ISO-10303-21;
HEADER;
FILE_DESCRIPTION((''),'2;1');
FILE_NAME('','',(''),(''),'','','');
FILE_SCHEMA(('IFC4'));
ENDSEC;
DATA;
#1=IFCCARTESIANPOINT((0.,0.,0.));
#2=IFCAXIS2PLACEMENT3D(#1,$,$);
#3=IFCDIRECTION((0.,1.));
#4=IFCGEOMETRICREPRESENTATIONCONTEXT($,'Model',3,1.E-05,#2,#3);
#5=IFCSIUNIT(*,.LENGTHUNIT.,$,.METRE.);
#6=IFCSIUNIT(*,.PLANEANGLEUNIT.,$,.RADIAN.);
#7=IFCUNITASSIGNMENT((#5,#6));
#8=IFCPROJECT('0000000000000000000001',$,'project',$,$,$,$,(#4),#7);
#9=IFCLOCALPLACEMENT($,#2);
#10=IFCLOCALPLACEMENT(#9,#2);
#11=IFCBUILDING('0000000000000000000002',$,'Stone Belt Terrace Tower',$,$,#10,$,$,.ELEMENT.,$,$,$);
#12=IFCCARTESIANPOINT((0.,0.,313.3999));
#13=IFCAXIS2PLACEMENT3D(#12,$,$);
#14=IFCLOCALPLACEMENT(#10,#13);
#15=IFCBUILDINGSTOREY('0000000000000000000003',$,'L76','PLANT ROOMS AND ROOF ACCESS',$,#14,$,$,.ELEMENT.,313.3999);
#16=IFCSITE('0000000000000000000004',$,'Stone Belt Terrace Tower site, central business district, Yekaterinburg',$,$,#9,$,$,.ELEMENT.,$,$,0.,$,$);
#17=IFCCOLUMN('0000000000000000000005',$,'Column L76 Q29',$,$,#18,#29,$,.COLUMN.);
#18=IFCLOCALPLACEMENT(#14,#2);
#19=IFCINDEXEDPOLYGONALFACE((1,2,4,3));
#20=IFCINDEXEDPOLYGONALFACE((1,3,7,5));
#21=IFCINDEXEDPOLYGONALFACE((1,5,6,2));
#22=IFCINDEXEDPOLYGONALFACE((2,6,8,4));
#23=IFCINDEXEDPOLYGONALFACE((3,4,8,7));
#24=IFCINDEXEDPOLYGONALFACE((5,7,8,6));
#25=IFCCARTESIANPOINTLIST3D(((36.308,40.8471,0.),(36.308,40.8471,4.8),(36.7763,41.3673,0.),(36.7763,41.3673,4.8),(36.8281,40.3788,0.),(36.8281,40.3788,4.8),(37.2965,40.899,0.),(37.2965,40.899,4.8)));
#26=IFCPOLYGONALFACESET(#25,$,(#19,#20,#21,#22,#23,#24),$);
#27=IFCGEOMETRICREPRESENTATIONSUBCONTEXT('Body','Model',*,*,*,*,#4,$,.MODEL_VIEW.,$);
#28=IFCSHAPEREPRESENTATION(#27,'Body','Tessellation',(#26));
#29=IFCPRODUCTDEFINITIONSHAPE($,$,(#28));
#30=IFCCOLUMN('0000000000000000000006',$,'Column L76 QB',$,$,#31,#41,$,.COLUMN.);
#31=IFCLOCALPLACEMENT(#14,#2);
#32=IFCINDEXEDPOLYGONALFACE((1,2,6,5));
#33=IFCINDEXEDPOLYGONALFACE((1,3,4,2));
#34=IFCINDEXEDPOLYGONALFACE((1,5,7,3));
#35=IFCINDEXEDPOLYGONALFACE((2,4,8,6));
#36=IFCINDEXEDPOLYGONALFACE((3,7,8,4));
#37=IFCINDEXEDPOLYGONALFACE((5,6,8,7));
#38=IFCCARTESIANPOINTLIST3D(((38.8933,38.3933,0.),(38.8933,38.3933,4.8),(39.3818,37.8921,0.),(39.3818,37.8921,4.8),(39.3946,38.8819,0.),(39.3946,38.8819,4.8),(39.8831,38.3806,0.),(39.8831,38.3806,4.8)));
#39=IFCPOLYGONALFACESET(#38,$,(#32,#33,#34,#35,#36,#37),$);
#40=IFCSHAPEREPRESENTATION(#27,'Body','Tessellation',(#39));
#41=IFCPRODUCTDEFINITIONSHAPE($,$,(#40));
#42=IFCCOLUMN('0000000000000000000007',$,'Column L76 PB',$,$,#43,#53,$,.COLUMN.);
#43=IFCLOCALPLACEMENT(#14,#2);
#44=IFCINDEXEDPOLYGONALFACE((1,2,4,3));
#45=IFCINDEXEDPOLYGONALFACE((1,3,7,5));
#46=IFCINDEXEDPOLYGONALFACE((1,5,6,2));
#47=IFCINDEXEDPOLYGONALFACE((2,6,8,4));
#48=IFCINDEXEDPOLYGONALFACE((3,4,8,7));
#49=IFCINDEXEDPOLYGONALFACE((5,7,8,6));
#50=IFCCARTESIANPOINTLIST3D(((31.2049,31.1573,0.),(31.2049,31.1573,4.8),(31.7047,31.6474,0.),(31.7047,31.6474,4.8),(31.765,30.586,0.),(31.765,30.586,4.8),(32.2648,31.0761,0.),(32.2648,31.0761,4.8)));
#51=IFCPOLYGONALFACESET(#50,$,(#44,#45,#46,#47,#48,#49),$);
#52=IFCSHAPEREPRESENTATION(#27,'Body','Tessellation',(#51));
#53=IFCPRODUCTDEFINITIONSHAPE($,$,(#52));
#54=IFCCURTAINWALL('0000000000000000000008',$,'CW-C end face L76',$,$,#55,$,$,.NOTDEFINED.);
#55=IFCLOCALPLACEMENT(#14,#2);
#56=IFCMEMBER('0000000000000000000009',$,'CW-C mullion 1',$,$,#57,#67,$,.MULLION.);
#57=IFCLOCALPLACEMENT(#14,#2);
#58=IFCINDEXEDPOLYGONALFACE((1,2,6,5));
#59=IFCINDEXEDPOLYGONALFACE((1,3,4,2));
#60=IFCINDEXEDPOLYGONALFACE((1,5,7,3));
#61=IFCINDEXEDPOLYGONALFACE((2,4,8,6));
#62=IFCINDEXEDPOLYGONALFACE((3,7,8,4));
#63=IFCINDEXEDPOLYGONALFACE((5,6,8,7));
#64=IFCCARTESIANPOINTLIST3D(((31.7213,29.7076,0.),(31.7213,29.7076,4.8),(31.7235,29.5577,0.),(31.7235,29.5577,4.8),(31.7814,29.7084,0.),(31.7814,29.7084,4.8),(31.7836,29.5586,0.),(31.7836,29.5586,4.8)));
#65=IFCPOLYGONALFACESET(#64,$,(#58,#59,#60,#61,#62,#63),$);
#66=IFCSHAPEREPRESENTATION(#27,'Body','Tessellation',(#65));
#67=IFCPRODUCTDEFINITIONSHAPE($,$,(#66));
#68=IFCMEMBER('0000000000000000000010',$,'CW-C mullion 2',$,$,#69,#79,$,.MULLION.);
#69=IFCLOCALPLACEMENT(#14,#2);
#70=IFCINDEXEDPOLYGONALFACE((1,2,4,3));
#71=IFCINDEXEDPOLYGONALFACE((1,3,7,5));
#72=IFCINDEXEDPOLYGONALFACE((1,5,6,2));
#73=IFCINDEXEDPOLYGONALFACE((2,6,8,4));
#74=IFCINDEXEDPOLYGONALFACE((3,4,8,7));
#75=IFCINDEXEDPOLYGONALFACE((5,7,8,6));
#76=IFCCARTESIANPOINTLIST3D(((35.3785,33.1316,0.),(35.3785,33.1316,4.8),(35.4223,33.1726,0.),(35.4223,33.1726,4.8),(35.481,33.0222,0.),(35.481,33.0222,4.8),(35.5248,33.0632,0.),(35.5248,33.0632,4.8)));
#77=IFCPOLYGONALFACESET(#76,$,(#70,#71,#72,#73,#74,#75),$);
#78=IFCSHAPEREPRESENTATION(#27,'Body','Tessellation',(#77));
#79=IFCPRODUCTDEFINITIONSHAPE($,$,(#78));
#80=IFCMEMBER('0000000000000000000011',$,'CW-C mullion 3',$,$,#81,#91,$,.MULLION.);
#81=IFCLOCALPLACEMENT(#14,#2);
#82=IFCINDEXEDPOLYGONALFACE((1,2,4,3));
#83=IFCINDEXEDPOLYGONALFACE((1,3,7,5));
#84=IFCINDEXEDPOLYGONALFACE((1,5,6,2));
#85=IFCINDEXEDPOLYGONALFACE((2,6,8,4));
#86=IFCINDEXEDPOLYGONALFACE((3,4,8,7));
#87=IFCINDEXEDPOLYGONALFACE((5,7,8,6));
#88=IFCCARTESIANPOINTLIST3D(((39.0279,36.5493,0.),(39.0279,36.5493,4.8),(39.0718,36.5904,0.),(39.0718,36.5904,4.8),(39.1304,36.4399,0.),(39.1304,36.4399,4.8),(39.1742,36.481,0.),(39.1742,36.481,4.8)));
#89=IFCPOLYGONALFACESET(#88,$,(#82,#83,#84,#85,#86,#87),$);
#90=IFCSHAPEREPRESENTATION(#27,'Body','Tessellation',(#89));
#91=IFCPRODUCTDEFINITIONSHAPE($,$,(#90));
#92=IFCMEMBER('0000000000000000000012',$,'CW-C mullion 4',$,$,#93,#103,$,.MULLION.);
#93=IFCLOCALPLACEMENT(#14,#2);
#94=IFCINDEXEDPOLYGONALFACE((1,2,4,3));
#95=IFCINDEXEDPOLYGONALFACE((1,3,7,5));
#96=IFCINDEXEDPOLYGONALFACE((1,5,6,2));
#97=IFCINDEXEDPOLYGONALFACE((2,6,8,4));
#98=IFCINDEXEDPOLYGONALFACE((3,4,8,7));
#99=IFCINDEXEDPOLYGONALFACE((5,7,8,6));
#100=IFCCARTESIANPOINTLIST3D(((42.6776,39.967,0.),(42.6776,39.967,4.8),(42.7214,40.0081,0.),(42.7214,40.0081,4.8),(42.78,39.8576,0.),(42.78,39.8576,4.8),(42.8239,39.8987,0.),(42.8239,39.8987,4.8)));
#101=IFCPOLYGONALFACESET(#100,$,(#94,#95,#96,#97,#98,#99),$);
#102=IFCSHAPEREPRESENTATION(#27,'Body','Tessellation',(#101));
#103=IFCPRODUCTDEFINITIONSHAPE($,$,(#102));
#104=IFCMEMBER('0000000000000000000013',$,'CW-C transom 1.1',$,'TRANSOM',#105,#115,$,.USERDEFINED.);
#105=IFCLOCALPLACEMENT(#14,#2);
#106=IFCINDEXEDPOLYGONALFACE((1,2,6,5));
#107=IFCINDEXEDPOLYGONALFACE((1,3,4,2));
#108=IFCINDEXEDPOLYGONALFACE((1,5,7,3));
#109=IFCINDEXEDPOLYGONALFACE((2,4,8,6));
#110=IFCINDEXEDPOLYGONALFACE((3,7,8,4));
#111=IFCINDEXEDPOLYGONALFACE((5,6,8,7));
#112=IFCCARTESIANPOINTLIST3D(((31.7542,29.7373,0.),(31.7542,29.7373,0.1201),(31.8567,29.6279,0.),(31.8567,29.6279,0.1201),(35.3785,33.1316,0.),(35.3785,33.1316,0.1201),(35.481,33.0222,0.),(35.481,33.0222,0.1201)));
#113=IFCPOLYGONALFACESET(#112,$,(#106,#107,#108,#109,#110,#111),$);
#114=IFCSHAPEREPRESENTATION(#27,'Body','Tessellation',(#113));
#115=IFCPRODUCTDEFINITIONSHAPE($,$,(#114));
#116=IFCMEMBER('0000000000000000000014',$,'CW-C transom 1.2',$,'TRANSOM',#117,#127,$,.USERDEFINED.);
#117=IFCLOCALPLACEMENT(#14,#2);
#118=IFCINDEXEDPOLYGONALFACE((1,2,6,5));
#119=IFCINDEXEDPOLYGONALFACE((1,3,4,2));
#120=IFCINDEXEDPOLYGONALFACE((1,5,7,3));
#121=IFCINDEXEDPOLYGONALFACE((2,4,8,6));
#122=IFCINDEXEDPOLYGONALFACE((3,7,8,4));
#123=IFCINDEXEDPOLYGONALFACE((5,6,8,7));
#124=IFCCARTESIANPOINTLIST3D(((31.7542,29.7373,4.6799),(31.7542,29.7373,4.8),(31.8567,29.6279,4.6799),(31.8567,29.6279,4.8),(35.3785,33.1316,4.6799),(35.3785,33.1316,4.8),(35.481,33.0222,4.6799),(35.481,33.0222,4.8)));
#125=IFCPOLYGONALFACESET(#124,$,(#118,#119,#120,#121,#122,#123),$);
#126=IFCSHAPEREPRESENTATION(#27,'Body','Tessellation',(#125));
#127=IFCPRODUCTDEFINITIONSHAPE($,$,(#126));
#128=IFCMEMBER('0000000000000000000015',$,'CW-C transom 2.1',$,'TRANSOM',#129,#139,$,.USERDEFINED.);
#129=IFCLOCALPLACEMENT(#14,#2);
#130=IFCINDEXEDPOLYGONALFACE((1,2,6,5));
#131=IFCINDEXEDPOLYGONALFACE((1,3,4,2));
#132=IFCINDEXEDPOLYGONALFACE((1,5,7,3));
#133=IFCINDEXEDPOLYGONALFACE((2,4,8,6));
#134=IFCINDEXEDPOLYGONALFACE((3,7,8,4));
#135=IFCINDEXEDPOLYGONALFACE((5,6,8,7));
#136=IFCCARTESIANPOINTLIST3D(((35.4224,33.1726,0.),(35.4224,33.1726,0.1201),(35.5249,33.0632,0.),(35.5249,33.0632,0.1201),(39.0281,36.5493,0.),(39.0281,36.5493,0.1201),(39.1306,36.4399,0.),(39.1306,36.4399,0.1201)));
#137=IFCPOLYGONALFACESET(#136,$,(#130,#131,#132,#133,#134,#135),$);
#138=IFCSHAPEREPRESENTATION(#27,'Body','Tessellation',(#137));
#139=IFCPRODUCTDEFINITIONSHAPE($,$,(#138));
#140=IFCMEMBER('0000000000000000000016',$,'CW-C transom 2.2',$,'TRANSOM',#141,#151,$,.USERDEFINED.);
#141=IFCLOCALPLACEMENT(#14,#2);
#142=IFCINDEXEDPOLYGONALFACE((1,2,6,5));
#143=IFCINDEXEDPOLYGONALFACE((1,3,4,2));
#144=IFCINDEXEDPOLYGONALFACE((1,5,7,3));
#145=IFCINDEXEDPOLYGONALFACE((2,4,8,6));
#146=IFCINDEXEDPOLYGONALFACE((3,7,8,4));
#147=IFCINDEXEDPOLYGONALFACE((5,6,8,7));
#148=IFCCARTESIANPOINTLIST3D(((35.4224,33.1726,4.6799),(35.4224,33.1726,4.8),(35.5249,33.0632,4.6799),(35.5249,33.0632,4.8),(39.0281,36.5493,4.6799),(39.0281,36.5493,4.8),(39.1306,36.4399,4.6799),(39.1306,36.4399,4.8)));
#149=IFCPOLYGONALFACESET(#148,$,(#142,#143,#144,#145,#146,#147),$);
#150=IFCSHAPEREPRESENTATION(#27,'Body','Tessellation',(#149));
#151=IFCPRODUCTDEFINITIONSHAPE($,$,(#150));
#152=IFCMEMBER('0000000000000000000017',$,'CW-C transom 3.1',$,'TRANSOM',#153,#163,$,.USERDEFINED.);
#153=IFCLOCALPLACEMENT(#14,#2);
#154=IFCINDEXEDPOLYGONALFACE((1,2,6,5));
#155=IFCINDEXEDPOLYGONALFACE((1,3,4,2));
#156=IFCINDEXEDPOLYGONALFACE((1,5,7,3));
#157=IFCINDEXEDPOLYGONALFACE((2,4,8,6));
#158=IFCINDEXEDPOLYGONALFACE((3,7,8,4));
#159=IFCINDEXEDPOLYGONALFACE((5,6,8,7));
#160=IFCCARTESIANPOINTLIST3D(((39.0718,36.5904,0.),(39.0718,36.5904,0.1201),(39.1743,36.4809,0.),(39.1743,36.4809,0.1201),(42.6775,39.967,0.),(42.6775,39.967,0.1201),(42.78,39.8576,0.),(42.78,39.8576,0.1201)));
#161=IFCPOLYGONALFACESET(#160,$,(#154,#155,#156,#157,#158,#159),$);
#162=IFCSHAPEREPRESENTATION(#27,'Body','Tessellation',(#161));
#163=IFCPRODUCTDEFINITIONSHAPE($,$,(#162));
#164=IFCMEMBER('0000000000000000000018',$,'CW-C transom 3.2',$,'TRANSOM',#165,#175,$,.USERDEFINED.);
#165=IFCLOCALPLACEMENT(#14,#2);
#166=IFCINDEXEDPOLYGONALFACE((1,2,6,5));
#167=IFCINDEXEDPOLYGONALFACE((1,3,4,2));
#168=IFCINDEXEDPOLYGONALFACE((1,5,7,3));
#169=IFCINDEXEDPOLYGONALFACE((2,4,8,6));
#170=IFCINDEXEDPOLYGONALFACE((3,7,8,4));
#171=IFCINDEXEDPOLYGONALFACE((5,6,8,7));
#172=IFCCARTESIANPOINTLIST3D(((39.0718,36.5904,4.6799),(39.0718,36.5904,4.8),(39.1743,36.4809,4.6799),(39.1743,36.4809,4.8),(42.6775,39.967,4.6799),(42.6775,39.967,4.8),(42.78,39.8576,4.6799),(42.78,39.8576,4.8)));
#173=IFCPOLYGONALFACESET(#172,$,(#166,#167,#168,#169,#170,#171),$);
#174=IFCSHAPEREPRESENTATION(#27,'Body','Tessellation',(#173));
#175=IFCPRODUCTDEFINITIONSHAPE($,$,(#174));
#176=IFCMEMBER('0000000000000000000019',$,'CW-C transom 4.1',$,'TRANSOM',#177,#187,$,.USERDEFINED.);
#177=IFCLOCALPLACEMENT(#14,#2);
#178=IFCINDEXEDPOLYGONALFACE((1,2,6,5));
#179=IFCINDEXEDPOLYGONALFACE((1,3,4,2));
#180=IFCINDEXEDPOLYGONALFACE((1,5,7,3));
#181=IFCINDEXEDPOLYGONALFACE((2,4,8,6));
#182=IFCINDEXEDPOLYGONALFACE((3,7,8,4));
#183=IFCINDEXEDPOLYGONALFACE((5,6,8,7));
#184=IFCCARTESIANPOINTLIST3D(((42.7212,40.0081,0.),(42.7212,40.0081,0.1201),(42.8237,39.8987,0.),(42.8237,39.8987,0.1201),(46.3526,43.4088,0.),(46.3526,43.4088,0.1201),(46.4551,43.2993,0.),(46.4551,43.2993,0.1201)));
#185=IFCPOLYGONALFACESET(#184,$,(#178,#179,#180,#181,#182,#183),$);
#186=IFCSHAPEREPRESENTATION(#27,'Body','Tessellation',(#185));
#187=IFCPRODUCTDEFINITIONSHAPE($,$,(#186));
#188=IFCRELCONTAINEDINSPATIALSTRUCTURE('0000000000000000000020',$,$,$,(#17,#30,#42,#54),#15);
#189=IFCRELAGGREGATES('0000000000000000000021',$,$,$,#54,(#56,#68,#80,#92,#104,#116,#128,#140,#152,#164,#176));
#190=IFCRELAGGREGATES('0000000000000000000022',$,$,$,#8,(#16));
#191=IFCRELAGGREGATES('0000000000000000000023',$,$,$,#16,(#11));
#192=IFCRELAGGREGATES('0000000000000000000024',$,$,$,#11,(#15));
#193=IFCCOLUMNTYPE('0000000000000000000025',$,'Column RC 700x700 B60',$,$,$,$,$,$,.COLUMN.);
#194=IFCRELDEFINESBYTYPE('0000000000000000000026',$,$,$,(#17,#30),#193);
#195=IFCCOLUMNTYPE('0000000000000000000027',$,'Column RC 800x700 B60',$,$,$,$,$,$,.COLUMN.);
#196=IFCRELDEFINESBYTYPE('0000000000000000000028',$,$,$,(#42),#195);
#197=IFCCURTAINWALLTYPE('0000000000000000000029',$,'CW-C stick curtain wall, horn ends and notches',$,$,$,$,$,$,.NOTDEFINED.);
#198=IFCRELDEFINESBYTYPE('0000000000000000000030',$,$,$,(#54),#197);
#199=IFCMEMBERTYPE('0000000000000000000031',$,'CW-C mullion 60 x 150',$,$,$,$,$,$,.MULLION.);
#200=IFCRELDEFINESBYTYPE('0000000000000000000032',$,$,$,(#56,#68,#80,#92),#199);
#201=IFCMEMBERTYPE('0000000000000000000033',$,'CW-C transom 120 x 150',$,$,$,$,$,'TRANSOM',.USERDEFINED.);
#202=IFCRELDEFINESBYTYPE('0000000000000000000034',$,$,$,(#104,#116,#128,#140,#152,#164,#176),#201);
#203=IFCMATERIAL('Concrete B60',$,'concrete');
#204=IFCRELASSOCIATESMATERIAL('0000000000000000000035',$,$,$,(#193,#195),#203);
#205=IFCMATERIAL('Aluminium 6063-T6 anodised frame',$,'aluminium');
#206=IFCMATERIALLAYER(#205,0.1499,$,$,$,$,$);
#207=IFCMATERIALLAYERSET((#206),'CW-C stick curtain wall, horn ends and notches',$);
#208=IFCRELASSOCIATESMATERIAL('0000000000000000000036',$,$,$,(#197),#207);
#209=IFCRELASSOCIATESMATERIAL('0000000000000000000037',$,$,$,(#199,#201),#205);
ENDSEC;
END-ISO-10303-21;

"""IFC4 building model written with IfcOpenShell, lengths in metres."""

from ifc_helpers import new_model, si_unit, direction, frame, origin, origin_2d, place, context, subcontext, project, spatial, rectangle, extrude, material, layer, layer_set, material_profile, profile_set, type_object, element, aggregate, save


model = new_model("IFC4")

# Units and contexts
model_context = context("Model", 3, precision=1e-05, world=origin(), true_north=direction((0.0, 1.0)))
body_context = subcontext(model_context, "Body", "Model", "MODEL_VIEW")
ifc_project = project(units=[si_unit("LENGTHUNIT", "METRE"), si_unit("PLANEANGLEUNIT", "RADIAN")], contexts=[model_context])

# Site, building, storey
site_placement = place(None, origin())
site = spatial("IfcSite", under=ifc_project, at=site_placement, Name="Stone Belt Terrace Tower site, central business district, Yekaterinburg", CompositionType="ELEMENT", RefElevation=0.0)
building_placement = place(site_placement, origin())
building = spatial("IfcBuilding", under=site, at=building_placement, Name="Stone Belt Terrace Tower", CompositionType="ELEMENT")
storey_placement = place(building_placement, frame((0.0, 0.0, 313.3999)))
storey = spatial("IfcBuildingStorey", under=building, at=storey_placement, Name="L76", Description="PLANT ROOMS AND ROOF ACCESS", CompositionType="ELEMENT", Elevation=313.3999)

# Columns
ifc_material_1 = material(Name="Concrete B60", Category="concrete")
ifc_material_profile_1 = material_profile(ifc_material_1, rectangle(XDim=0.7, YDim=0.7, at=origin_2d()), Name="RC 700x700")
ifc_profile_set_1 = profile_set([ifc_material_profile_1], Name="Concrete B60")
column_type_1 = type_object("IfcColumnType", Name="Column RC 700x700 B60", PredefinedType="COLUMN", material=ifc_profile_set_1)
for number, where, z_axis, x_axis, name in (
    (1, (36.8022, 40.873, 0.0), (0.0, 0.0, 1.0), (0.743145, -0.669131, 0.0), "Column L76 Q29"),
    (2, (39.3882, 38.387, 0.0), (0.0, 0.0, 1.0), (0.697944, -0.716152, 0.0), "Column L76 QB"),
):
    element("IfcColumn", number, at=place(storey_placement, frame(where, z_axis=z_axis, x_axis=x_axis)), inside=storey, type_object=column_type_1, Name=name, PredefinedType="COLUMN", context=body_context, shape_type="SweptSolid", body=[
        extrude(rectangle(XDim=0.7, YDim=0.7, at=origin_2d()), origin(), (0.0, 0.0, 1.0), 4.8),
    ])
ifc_material_profile_2 = material_profile(ifc_material_1, rectangle(XDim=0.8, YDim=0.7, at=origin_2d()), Name="RC 800x700")
ifc_profile_set_2 = profile_set([ifc_material_profile_2], Name="Concrete B60")
column_type_2 = type_object("IfcColumnType", Name="Column RC 800x700 B60", PredefinedType="COLUMN", material=ifc_profile_set_2)
column_placement = place(storey_placement, frame((31.7349, 31.1167, 0.0), z_axis=(0.0, 0.0, 1.0), x_axis=(0.70012, -0.714026, 0.0)))
element("IfcColumn", 3, at=column_placement, inside=storey, type_object=column_type_2, Name="Column L76 PB", PredefinedType="COLUMN", context=body_context, shape_type="SweptSolid", body=[
    extrude(rectangle(XDim=0.8, YDim=0.7, at=origin_2d()), origin(), (0.0, 0.0, 1.0), 4.8),
])

# Curtain wall, members
ifc_material_2 = material(Name="Aluminium 6063-T6 anodised frame", Category="aluminium")
ifc_layer_1 = layer(ifc_material_2, 0.1499)
ifc_layer_set_1 = layer_set([ifc_layer_1], Name="CW-C stick curtain wall, horn ends and notches")
curtain_wall_type = type_object("IfcCurtainWallType", Name="CW-C stick curtain wall, horn ends and notches", PredefinedType="NOTDEFINED", material=ifc_layer_set_1)
curtain_wall_placement = place(storey_placement, origin())
curtain_wall = element("IfcCurtainWall", 4, at=curtain_wall_placement, inside=storey, type_object=curtain_wall_type, Name="CW-C end face L76", PredefinedType="NOTDEFINED")
ifc_material_profile_3 = material_profile(ifc_material_2, rectangle(XDim=0.1499, YDim=0.0601, at=origin_2d()), Name="Aluminium 6063-T6 60x150")
ifc_profile_set_3 = profile_set([ifc_material_profile_3], Name="Aluminium 6063-T6 anodised frame")
member_type_1 = type_object("IfcMemberType", Name="CW-C mullion 60 x 150", PredefinedType="MULLION", material=ifc_profile_set_3)
member_1_placement = place(storey_placement, frame((31.7524, 29.6331, 0.0), z_axis=(0.0, 0.0, 1.0), x_axis=(-0.014682, 0.999892, 0.0)))
member_1 = element("IfcMember", 5, at=member_1_placement, type_object=member_type_1, Name="CW-C mullion 1", PredefinedType="MULLION", context=body_context, shape_type="SweptSolid", body=[
    extrude(rectangle(XDim=0.1499, YDim=0.0601, at=origin_2d()), origin(), (0.0, 0.0, 1.0), 4.8),
])
member_2_placement = place(storey_placement, frame((35.4517, 33.0974, 0.0), z_axis=(0.0, 0.0, 1.0), x_axis=(-0.683549, 0.729904, 0.0)))
member_2 = element("IfcMember", 6, at=member_2_placement, type_object=member_type_1, Name="CW-C mullion 2", PredefinedType="MULLION", context=body_context, shape_type="SweptSolid", body=[
    extrude(rectangle(XDim=0.1499, YDim=0.0601, at=origin_2d()), origin(), (0.0, 0.0, 1.0), 4.8),
])
member_3_placement = place(storey_placement, frame((39.1011, 36.5151, 0.0), z_axis=(0.0, 0.0, 1.0), x_axis=(-0.683549, 0.729904, 0.0)))
member_3 = element("IfcMember", 7, at=member_3_placement, type_object=member_type_1, Name="CW-C mullion 3", PredefinedType="MULLION", context=body_context, shape_type="SweptSolid", body=[
    extrude(rectangle(XDim=0.1499, YDim=0.0601, at=origin_2d()), origin(), (0.0, 0.0, 1.0), 4.8),
])
member_4_placement = place(storey_placement, frame((42.7507, 39.9329, 0.0), z_axis=(0.0, 0.0, 1.0), x_axis=(-0.683549, 0.729904, 0.0)))
member_4 = element("IfcMember", 8, at=member_4_placement, type_object=member_type_1, Name="CW-C mullion 4", PredefinedType="MULLION", context=body_context, shape_type="SweptSolid", body=[
    extrude(rectangle(XDim=0.1499, YDim=0.0601, at=origin_2d()), origin(), (0.0, 0.0, 1.0), 4.8),
])
ifc_material_profile_4 = material_profile(ifc_material_2, rectangle(XDim=0.1499, YDim=0.1201, at=origin_2d()), Name="Aluminium 6063-T6 150x120")
ifc_profile_set_4 = profile_set([ifc_material_profile_4], Name="Aluminium 6063-T6 anodised frame")
member_type_2 = type_object("IfcMemberType", Name="CW-C transom 120 x 150", ElementType="TRANSOM", PredefinedType="USERDEFINED", material=ifc_profile_set_4)
member_5_placement = place(storey_placement, frame((31.8054, 29.6826, 0.0601), z_axis=(0.729885, 0.68357, 0.0), x_axis=(-0.68357, 0.729885, 0.0)))
member_5 = element("IfcMember", 9, at=member_5_placement, type_object=member_type_2, Name="CW-C transom 1.1", ObjectType="TRANSOM", PredefinedType="USERDEFINED", context=body_context, shape_type="SweptSolid", body=[
    extrude(rectangle(XDim=0.1499, YDim=0.1201, at=origin_2d()), origin(), (0.0, 0.0, 1.0), 4.9656),
])
member_6_placement = place(storey_placement, frame((31.8054, 29.6826, 4.74), z_axis=(0.729885, 0.68357, 0.0), x_axis=(-0.68357, 0.729885, 0.0)))
member_6 = element("IfcMember", 10, at=member_6_placement, type_object=member_type_2, Name="CW-C transom 1.2", ObjectType="TRANSOM", PredefinedType="USERDEFINED", context=body_context, shape_type="SweptSolid", body=[
    extrude(rectangle(XDim=0.1499, YDim=0.1201, at=origin_2d()), origin(), (0.0, 0.0, 1.0), 4.9656),
])
member_7_placement = place(storey_placement, frame((35.4736, 33.1179, 0.0601), z_axis=(0.729905, 0.683548, 0.0), x_axis=(-0.683548, 0.729905, 0.0)))
member_7 = element("IfcMember", 11, at=member_7_placement, type_object=member_type_2, Name="CW-C transom 2.1", ObjectType="TRANSOM", PredefinedType="USERDEFINED", context=body_context, shape_type="SweptSolid", body=[
    extrude(rectangle(XDim=0.1499, YDim=0.1201, at=origin_2d()), origin(), (0.0, 0.0, 1.0), 4.9399),
])
member_8_placement = place(storey_placement, frame((35.4736, 33.1179, 4.74), z_axis=(0.729905, 0.683548, 0.0), x_axis=(-0.683548, 0.729905, 0.0)))
member_8 = element("IfcMember", 12, at=member_8_placement, type_object=member_type_2, Name="CW-C transom 2.2", ObjectType="TRANSOM", PredefinedType="USERDEFINED", context=body_context, shape_type="SweptSolid", body=[
    extrude(rectangle(XDim=0.1499, YDim=0.1201, at=origin_2d()), origin(), (0.0, 0.0, 1.0), 4.9399),
])
member_9_placement = place(storey_placement, frame((39.123, 36.5356, 0.0601), z_axis=(0.729905, 0.683548, 0.0), x_axis=(-0.683548, 0.729905, 0.0)))
member_9 = element("IfcMember", 13, at=member_9_placement, type_object=member_type_2, Name="CW-C transom 3.1", ObjectType="TRANSOM", PredefinedType="USERDEFINED", context=body_context, shape_type="SweptSolid", body=[
    extrude(rectangle(XDim=0.1499, YDim=0.1201, at=origin_2d()), origin(), (0.0, 0.0, 1.0), 4.9399),
])
member_10_placement = place(storey_placement, frame((39.123, 36.5356, 4.74), z_axis=(0.729905, 0.683548, 0.0), x_axis=(-0.683548, 0.729905, 0.0)))
member_10 = element("IfcMember", 14, at=member_10_placement, type_object=member_type_2, Name="CW-C transom 3.2", ObjectType="TRANSOM", PredefinedType="USERDEFINED", context=body_context, shape_type="SweptSolid", body=[
    extrude(rectangle(XDim=0.1499, YDim=0.1201, at=origin_2d()), origin(), (0.0, 0.0, 1.0), 4.9399),
])
member_11_placement = place(storey_placement, frame((42.7725, 39.9534, 0.0601), z_axis=(0.729914, 0.683539, 0.0), x_axis=(-0.683539, 0.729914, 0.0)))
member_11 = element("IfcMember", 15, at=member_11_placement, type_object=member_type_2, Name="CW-C transom 4.1", ObjectType="TRANSOM", PredefinedType="USERDEFINED", context=body_context, shape_type="SweptSolid", body=[
    extrude(rectangle(XDim=0.1499, YDim=0.1201, at=origin_2d()), origin(), (0.0, 0.0, 1.0), 4.9751),
])

aggregate(curtain_wall, [member_1, member_2, member_3, member_4, member_5, member_6, member_7, member_8, member_9, member_10, member_11])

save(model, "model.ifc")
